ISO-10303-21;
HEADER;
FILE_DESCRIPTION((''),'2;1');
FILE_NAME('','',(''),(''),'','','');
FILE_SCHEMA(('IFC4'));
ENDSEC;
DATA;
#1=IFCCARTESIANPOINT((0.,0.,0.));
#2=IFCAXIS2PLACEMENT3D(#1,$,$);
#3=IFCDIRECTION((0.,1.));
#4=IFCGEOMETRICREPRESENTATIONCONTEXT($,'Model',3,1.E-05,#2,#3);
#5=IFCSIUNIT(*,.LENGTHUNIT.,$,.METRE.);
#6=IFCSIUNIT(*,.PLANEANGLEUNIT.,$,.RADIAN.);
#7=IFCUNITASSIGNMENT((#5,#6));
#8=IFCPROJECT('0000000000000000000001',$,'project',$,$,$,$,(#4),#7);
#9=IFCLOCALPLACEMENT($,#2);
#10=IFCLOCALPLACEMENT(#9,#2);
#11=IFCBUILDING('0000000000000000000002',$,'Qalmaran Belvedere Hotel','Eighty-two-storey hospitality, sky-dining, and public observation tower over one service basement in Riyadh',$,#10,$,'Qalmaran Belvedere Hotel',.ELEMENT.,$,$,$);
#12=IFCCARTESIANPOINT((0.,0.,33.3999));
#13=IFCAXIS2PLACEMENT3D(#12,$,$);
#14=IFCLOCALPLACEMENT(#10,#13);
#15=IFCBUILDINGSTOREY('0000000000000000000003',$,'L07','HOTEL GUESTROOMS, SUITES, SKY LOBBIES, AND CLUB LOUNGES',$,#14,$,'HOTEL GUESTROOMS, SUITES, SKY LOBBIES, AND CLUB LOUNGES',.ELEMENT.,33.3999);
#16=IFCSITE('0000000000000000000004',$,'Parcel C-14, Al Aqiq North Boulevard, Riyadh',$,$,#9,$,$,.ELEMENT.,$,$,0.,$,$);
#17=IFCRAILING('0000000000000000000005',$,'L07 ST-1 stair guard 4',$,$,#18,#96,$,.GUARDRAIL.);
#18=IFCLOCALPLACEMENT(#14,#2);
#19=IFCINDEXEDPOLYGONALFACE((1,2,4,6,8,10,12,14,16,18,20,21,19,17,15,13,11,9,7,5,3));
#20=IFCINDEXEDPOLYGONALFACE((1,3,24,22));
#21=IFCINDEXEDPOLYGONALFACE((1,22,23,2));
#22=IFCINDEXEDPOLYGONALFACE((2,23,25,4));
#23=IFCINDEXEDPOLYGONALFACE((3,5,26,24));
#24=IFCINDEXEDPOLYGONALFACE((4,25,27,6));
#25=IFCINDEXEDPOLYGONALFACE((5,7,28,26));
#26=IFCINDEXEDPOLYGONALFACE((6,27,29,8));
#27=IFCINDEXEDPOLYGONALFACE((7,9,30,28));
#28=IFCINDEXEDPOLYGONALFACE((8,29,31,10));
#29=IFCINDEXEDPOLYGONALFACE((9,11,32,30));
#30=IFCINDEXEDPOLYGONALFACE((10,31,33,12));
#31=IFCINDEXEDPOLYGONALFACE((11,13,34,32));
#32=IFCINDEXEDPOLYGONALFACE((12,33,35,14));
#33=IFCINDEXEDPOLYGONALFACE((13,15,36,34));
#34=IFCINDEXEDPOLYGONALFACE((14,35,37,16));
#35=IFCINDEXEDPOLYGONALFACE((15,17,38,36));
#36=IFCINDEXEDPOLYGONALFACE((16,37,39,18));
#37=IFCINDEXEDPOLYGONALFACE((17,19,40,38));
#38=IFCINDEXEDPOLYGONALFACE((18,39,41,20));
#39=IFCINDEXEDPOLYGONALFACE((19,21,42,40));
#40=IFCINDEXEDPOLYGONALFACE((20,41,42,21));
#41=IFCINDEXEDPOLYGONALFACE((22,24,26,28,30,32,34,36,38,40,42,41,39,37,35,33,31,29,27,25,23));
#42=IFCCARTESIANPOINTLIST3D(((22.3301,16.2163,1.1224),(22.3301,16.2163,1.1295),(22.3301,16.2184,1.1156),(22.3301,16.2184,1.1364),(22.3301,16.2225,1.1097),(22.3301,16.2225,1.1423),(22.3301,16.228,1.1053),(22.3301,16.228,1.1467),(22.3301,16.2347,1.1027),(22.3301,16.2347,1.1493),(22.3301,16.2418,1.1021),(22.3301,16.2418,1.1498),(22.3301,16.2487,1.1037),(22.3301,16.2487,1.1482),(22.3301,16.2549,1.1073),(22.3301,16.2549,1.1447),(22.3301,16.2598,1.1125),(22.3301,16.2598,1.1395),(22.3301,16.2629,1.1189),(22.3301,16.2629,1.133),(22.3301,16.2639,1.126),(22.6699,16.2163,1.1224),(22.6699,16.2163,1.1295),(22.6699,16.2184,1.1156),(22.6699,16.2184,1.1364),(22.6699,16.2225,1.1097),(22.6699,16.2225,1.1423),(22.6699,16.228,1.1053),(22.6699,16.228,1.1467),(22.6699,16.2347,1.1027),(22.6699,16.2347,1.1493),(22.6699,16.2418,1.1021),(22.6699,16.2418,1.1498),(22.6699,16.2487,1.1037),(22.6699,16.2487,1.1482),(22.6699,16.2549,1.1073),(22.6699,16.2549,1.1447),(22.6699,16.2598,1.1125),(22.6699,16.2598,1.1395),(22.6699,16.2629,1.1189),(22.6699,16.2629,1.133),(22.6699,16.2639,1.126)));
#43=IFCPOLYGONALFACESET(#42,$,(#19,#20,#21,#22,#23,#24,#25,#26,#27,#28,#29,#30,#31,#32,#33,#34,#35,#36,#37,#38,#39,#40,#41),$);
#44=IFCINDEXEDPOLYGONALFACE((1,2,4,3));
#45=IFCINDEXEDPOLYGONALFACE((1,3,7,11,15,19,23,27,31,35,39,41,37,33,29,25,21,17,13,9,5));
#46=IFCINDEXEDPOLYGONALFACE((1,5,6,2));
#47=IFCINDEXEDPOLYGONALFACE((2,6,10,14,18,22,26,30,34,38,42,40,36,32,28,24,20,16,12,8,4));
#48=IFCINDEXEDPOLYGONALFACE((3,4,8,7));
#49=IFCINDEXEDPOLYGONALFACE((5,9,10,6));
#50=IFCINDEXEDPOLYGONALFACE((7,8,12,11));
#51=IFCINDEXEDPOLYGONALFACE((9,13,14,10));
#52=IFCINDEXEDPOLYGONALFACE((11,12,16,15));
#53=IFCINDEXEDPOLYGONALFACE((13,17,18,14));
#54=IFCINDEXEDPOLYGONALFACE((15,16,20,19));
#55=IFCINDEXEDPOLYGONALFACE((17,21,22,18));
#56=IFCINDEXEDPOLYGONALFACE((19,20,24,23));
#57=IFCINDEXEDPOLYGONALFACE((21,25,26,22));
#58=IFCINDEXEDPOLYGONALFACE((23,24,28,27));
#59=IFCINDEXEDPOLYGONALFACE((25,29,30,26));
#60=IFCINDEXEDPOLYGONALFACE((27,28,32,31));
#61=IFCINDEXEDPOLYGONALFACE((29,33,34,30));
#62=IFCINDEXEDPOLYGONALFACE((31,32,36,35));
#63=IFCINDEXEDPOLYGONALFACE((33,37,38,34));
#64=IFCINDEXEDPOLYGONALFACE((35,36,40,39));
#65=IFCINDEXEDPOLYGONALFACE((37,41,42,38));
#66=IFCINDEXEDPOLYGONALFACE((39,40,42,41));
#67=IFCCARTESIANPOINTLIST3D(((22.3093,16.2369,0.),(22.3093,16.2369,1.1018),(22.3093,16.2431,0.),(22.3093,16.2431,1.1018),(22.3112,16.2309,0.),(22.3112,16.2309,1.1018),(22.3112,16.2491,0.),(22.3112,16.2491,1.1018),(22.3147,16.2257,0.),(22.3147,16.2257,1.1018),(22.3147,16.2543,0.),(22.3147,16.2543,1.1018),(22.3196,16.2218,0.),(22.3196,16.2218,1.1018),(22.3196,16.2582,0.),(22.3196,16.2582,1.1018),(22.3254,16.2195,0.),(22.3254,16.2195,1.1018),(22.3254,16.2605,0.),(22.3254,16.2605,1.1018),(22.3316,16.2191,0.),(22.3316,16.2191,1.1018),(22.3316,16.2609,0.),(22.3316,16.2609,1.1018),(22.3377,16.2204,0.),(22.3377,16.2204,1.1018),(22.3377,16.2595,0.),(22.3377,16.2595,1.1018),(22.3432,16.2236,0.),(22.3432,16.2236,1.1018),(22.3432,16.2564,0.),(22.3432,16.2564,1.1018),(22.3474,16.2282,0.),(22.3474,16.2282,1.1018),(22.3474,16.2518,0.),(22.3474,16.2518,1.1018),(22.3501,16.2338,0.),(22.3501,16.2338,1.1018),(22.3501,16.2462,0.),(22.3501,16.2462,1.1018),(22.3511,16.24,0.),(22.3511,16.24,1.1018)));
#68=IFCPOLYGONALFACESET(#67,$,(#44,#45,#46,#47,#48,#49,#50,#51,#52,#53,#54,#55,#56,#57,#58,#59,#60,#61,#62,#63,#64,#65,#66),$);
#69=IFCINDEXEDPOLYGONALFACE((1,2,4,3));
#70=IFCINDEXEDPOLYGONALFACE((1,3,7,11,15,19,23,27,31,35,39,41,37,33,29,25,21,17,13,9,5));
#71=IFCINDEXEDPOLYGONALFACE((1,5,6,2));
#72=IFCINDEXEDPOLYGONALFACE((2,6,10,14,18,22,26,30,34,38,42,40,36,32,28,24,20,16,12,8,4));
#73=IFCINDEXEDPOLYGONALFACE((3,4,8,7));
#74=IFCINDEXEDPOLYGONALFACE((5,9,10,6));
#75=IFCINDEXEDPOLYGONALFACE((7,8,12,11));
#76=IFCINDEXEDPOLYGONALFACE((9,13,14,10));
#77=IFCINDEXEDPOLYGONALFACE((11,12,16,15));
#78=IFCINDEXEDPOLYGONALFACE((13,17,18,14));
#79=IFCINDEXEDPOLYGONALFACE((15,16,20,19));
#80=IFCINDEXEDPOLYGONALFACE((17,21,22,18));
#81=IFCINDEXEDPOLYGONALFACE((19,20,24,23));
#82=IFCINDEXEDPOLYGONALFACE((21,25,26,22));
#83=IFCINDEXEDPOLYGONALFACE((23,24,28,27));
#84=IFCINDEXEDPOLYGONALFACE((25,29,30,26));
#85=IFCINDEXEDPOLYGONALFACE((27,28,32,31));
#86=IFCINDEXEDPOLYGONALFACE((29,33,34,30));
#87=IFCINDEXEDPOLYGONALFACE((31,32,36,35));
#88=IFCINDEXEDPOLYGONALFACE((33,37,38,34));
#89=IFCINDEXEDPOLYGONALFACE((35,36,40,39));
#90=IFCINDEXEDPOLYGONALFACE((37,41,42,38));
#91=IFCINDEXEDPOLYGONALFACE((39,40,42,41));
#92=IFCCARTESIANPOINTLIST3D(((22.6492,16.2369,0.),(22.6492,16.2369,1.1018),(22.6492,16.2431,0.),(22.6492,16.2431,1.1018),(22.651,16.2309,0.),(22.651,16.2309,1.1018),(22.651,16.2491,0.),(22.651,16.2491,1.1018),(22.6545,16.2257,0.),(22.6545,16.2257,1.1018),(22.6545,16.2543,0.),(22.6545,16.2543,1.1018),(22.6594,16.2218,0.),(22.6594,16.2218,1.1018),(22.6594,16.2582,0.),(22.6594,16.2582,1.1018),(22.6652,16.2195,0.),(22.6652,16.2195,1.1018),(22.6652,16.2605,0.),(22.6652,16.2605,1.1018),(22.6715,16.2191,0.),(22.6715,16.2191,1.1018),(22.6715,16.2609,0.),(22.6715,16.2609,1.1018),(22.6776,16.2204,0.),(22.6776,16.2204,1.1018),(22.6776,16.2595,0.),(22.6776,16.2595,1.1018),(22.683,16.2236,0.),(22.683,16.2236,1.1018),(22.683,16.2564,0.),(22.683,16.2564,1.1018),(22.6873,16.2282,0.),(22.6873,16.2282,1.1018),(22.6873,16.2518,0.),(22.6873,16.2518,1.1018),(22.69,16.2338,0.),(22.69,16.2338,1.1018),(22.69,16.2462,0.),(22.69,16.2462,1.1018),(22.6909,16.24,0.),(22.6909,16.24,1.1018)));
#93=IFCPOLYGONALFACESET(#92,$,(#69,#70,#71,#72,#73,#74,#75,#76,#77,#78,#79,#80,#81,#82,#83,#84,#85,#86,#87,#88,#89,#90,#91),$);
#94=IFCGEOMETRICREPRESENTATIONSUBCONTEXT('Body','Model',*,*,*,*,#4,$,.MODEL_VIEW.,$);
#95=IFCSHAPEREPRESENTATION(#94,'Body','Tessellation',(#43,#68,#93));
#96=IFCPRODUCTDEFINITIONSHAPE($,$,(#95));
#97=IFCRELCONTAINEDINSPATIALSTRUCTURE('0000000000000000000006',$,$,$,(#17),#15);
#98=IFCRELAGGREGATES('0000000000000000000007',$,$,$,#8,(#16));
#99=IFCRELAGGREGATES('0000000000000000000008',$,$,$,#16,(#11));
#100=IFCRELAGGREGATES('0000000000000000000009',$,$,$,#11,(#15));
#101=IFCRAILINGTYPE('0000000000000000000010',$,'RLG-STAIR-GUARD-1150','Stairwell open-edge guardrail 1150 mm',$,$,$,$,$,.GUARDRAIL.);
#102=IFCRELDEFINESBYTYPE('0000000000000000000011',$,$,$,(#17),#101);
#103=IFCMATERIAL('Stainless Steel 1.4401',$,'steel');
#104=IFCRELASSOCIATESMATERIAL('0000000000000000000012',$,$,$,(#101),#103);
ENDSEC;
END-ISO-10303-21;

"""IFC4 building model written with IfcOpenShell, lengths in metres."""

from ifc_helpers import new_model, si_unit, direction, frame, origin, origin_2d, place, context, subcontext, project, spatial, circle, extrude, material, type_object, element, save


model = new_model("IFC4")

# Units and contexts
model_context = context("Model", 3, precision=1e-05, world=origin(), true_north=direction((0.0, 1.0)))
body_context = subcontext(model_context, "Body", "Model", "MODEL_VIEW")
ifc_project = project(units=[si_unit("LENGTHUNIT", "METRE"), si_unit("PLANEANGLEUNIT", "RADIAN")], contexts=[model_context])

# Site, building, storey
site_placement = place(None, origin())
site = spatial("IfcSite", under=ifc_project, at=site_placement, Name="Parcel C-14, Al Aqiq North Boulevard, Riyadh", CompositionType="ELEMENT", RefElevation=0.0)
building_placement = place(site_placement, origin())
building = spatial("IfcBuilding", under=site, at=building_placement, Name="Qalmaran Belvedere Hotel", Description="Eighty-two-storey hospitality, sky-dining, and public observation tower over one service basement in Riyadh", LongName="Qalmaran Belvedere Hotel", CompositionType="ELEMENT")
storey_placement = place(building_placement, frame((0.0, 0.0, 33.3999)))
storey = spatial("IfcBuildingStorey", under=building, at=storey_placement, Name="L07", Description="HOTEL GUESTROOMS, SUITES, SKY LOBBIES, AND CLUB LOUNGES", LongName="HOTEL GUESTROOMS, SUITES, SKY LOBBIES, AND CLUB LOUNGES", CompositionType="ELEMENT", Elevation=33.3999)

# Railing
ifc_material_1 = material(Name="Stainless Steel 1.4401", Category="steel")
railing_type_1 = type_object("IfcRailingType", Name="RLG-STAIR-GUARD-1150", Description="Stairwell open-edge guardrail 1150 mm", PredefinedType="GUARDRAIL", material=ifc_material_1)
railing_1_placement = place(storey_placement, frame((22.3301, 16.24, 0.0)))
element("IfcRailing", 1, at=railing_1_placement, inside=storey, type_object=railing_type_1, Name="L07 ST-1 stair guard 4", PredefinedType="GUARDRAIL", context=body_context, shape_type="SweptSolid", body=[
    extrude(circle(Radius=0.0239, at=origin_2d()), frame((0.0, 0.0, 1.126), z_axis=(1.0, 0.0, 0.0), x_axis=(0.0, 1.0, 0.0)), (0.0, 0.0, 1.0), 0.3398),
    extrude(circle(Radius=0.021, at=origin_2d()), origin(), (0.0, 0.0, 1.0), 1.1018),
    extrude(circle(Radius=0.021, at=origin_2d()), frame((0.3398, 0.0, 0.0)), (0.0, 0.0, 1.0), 1.1018),
])

save(model, "model.ifc")
